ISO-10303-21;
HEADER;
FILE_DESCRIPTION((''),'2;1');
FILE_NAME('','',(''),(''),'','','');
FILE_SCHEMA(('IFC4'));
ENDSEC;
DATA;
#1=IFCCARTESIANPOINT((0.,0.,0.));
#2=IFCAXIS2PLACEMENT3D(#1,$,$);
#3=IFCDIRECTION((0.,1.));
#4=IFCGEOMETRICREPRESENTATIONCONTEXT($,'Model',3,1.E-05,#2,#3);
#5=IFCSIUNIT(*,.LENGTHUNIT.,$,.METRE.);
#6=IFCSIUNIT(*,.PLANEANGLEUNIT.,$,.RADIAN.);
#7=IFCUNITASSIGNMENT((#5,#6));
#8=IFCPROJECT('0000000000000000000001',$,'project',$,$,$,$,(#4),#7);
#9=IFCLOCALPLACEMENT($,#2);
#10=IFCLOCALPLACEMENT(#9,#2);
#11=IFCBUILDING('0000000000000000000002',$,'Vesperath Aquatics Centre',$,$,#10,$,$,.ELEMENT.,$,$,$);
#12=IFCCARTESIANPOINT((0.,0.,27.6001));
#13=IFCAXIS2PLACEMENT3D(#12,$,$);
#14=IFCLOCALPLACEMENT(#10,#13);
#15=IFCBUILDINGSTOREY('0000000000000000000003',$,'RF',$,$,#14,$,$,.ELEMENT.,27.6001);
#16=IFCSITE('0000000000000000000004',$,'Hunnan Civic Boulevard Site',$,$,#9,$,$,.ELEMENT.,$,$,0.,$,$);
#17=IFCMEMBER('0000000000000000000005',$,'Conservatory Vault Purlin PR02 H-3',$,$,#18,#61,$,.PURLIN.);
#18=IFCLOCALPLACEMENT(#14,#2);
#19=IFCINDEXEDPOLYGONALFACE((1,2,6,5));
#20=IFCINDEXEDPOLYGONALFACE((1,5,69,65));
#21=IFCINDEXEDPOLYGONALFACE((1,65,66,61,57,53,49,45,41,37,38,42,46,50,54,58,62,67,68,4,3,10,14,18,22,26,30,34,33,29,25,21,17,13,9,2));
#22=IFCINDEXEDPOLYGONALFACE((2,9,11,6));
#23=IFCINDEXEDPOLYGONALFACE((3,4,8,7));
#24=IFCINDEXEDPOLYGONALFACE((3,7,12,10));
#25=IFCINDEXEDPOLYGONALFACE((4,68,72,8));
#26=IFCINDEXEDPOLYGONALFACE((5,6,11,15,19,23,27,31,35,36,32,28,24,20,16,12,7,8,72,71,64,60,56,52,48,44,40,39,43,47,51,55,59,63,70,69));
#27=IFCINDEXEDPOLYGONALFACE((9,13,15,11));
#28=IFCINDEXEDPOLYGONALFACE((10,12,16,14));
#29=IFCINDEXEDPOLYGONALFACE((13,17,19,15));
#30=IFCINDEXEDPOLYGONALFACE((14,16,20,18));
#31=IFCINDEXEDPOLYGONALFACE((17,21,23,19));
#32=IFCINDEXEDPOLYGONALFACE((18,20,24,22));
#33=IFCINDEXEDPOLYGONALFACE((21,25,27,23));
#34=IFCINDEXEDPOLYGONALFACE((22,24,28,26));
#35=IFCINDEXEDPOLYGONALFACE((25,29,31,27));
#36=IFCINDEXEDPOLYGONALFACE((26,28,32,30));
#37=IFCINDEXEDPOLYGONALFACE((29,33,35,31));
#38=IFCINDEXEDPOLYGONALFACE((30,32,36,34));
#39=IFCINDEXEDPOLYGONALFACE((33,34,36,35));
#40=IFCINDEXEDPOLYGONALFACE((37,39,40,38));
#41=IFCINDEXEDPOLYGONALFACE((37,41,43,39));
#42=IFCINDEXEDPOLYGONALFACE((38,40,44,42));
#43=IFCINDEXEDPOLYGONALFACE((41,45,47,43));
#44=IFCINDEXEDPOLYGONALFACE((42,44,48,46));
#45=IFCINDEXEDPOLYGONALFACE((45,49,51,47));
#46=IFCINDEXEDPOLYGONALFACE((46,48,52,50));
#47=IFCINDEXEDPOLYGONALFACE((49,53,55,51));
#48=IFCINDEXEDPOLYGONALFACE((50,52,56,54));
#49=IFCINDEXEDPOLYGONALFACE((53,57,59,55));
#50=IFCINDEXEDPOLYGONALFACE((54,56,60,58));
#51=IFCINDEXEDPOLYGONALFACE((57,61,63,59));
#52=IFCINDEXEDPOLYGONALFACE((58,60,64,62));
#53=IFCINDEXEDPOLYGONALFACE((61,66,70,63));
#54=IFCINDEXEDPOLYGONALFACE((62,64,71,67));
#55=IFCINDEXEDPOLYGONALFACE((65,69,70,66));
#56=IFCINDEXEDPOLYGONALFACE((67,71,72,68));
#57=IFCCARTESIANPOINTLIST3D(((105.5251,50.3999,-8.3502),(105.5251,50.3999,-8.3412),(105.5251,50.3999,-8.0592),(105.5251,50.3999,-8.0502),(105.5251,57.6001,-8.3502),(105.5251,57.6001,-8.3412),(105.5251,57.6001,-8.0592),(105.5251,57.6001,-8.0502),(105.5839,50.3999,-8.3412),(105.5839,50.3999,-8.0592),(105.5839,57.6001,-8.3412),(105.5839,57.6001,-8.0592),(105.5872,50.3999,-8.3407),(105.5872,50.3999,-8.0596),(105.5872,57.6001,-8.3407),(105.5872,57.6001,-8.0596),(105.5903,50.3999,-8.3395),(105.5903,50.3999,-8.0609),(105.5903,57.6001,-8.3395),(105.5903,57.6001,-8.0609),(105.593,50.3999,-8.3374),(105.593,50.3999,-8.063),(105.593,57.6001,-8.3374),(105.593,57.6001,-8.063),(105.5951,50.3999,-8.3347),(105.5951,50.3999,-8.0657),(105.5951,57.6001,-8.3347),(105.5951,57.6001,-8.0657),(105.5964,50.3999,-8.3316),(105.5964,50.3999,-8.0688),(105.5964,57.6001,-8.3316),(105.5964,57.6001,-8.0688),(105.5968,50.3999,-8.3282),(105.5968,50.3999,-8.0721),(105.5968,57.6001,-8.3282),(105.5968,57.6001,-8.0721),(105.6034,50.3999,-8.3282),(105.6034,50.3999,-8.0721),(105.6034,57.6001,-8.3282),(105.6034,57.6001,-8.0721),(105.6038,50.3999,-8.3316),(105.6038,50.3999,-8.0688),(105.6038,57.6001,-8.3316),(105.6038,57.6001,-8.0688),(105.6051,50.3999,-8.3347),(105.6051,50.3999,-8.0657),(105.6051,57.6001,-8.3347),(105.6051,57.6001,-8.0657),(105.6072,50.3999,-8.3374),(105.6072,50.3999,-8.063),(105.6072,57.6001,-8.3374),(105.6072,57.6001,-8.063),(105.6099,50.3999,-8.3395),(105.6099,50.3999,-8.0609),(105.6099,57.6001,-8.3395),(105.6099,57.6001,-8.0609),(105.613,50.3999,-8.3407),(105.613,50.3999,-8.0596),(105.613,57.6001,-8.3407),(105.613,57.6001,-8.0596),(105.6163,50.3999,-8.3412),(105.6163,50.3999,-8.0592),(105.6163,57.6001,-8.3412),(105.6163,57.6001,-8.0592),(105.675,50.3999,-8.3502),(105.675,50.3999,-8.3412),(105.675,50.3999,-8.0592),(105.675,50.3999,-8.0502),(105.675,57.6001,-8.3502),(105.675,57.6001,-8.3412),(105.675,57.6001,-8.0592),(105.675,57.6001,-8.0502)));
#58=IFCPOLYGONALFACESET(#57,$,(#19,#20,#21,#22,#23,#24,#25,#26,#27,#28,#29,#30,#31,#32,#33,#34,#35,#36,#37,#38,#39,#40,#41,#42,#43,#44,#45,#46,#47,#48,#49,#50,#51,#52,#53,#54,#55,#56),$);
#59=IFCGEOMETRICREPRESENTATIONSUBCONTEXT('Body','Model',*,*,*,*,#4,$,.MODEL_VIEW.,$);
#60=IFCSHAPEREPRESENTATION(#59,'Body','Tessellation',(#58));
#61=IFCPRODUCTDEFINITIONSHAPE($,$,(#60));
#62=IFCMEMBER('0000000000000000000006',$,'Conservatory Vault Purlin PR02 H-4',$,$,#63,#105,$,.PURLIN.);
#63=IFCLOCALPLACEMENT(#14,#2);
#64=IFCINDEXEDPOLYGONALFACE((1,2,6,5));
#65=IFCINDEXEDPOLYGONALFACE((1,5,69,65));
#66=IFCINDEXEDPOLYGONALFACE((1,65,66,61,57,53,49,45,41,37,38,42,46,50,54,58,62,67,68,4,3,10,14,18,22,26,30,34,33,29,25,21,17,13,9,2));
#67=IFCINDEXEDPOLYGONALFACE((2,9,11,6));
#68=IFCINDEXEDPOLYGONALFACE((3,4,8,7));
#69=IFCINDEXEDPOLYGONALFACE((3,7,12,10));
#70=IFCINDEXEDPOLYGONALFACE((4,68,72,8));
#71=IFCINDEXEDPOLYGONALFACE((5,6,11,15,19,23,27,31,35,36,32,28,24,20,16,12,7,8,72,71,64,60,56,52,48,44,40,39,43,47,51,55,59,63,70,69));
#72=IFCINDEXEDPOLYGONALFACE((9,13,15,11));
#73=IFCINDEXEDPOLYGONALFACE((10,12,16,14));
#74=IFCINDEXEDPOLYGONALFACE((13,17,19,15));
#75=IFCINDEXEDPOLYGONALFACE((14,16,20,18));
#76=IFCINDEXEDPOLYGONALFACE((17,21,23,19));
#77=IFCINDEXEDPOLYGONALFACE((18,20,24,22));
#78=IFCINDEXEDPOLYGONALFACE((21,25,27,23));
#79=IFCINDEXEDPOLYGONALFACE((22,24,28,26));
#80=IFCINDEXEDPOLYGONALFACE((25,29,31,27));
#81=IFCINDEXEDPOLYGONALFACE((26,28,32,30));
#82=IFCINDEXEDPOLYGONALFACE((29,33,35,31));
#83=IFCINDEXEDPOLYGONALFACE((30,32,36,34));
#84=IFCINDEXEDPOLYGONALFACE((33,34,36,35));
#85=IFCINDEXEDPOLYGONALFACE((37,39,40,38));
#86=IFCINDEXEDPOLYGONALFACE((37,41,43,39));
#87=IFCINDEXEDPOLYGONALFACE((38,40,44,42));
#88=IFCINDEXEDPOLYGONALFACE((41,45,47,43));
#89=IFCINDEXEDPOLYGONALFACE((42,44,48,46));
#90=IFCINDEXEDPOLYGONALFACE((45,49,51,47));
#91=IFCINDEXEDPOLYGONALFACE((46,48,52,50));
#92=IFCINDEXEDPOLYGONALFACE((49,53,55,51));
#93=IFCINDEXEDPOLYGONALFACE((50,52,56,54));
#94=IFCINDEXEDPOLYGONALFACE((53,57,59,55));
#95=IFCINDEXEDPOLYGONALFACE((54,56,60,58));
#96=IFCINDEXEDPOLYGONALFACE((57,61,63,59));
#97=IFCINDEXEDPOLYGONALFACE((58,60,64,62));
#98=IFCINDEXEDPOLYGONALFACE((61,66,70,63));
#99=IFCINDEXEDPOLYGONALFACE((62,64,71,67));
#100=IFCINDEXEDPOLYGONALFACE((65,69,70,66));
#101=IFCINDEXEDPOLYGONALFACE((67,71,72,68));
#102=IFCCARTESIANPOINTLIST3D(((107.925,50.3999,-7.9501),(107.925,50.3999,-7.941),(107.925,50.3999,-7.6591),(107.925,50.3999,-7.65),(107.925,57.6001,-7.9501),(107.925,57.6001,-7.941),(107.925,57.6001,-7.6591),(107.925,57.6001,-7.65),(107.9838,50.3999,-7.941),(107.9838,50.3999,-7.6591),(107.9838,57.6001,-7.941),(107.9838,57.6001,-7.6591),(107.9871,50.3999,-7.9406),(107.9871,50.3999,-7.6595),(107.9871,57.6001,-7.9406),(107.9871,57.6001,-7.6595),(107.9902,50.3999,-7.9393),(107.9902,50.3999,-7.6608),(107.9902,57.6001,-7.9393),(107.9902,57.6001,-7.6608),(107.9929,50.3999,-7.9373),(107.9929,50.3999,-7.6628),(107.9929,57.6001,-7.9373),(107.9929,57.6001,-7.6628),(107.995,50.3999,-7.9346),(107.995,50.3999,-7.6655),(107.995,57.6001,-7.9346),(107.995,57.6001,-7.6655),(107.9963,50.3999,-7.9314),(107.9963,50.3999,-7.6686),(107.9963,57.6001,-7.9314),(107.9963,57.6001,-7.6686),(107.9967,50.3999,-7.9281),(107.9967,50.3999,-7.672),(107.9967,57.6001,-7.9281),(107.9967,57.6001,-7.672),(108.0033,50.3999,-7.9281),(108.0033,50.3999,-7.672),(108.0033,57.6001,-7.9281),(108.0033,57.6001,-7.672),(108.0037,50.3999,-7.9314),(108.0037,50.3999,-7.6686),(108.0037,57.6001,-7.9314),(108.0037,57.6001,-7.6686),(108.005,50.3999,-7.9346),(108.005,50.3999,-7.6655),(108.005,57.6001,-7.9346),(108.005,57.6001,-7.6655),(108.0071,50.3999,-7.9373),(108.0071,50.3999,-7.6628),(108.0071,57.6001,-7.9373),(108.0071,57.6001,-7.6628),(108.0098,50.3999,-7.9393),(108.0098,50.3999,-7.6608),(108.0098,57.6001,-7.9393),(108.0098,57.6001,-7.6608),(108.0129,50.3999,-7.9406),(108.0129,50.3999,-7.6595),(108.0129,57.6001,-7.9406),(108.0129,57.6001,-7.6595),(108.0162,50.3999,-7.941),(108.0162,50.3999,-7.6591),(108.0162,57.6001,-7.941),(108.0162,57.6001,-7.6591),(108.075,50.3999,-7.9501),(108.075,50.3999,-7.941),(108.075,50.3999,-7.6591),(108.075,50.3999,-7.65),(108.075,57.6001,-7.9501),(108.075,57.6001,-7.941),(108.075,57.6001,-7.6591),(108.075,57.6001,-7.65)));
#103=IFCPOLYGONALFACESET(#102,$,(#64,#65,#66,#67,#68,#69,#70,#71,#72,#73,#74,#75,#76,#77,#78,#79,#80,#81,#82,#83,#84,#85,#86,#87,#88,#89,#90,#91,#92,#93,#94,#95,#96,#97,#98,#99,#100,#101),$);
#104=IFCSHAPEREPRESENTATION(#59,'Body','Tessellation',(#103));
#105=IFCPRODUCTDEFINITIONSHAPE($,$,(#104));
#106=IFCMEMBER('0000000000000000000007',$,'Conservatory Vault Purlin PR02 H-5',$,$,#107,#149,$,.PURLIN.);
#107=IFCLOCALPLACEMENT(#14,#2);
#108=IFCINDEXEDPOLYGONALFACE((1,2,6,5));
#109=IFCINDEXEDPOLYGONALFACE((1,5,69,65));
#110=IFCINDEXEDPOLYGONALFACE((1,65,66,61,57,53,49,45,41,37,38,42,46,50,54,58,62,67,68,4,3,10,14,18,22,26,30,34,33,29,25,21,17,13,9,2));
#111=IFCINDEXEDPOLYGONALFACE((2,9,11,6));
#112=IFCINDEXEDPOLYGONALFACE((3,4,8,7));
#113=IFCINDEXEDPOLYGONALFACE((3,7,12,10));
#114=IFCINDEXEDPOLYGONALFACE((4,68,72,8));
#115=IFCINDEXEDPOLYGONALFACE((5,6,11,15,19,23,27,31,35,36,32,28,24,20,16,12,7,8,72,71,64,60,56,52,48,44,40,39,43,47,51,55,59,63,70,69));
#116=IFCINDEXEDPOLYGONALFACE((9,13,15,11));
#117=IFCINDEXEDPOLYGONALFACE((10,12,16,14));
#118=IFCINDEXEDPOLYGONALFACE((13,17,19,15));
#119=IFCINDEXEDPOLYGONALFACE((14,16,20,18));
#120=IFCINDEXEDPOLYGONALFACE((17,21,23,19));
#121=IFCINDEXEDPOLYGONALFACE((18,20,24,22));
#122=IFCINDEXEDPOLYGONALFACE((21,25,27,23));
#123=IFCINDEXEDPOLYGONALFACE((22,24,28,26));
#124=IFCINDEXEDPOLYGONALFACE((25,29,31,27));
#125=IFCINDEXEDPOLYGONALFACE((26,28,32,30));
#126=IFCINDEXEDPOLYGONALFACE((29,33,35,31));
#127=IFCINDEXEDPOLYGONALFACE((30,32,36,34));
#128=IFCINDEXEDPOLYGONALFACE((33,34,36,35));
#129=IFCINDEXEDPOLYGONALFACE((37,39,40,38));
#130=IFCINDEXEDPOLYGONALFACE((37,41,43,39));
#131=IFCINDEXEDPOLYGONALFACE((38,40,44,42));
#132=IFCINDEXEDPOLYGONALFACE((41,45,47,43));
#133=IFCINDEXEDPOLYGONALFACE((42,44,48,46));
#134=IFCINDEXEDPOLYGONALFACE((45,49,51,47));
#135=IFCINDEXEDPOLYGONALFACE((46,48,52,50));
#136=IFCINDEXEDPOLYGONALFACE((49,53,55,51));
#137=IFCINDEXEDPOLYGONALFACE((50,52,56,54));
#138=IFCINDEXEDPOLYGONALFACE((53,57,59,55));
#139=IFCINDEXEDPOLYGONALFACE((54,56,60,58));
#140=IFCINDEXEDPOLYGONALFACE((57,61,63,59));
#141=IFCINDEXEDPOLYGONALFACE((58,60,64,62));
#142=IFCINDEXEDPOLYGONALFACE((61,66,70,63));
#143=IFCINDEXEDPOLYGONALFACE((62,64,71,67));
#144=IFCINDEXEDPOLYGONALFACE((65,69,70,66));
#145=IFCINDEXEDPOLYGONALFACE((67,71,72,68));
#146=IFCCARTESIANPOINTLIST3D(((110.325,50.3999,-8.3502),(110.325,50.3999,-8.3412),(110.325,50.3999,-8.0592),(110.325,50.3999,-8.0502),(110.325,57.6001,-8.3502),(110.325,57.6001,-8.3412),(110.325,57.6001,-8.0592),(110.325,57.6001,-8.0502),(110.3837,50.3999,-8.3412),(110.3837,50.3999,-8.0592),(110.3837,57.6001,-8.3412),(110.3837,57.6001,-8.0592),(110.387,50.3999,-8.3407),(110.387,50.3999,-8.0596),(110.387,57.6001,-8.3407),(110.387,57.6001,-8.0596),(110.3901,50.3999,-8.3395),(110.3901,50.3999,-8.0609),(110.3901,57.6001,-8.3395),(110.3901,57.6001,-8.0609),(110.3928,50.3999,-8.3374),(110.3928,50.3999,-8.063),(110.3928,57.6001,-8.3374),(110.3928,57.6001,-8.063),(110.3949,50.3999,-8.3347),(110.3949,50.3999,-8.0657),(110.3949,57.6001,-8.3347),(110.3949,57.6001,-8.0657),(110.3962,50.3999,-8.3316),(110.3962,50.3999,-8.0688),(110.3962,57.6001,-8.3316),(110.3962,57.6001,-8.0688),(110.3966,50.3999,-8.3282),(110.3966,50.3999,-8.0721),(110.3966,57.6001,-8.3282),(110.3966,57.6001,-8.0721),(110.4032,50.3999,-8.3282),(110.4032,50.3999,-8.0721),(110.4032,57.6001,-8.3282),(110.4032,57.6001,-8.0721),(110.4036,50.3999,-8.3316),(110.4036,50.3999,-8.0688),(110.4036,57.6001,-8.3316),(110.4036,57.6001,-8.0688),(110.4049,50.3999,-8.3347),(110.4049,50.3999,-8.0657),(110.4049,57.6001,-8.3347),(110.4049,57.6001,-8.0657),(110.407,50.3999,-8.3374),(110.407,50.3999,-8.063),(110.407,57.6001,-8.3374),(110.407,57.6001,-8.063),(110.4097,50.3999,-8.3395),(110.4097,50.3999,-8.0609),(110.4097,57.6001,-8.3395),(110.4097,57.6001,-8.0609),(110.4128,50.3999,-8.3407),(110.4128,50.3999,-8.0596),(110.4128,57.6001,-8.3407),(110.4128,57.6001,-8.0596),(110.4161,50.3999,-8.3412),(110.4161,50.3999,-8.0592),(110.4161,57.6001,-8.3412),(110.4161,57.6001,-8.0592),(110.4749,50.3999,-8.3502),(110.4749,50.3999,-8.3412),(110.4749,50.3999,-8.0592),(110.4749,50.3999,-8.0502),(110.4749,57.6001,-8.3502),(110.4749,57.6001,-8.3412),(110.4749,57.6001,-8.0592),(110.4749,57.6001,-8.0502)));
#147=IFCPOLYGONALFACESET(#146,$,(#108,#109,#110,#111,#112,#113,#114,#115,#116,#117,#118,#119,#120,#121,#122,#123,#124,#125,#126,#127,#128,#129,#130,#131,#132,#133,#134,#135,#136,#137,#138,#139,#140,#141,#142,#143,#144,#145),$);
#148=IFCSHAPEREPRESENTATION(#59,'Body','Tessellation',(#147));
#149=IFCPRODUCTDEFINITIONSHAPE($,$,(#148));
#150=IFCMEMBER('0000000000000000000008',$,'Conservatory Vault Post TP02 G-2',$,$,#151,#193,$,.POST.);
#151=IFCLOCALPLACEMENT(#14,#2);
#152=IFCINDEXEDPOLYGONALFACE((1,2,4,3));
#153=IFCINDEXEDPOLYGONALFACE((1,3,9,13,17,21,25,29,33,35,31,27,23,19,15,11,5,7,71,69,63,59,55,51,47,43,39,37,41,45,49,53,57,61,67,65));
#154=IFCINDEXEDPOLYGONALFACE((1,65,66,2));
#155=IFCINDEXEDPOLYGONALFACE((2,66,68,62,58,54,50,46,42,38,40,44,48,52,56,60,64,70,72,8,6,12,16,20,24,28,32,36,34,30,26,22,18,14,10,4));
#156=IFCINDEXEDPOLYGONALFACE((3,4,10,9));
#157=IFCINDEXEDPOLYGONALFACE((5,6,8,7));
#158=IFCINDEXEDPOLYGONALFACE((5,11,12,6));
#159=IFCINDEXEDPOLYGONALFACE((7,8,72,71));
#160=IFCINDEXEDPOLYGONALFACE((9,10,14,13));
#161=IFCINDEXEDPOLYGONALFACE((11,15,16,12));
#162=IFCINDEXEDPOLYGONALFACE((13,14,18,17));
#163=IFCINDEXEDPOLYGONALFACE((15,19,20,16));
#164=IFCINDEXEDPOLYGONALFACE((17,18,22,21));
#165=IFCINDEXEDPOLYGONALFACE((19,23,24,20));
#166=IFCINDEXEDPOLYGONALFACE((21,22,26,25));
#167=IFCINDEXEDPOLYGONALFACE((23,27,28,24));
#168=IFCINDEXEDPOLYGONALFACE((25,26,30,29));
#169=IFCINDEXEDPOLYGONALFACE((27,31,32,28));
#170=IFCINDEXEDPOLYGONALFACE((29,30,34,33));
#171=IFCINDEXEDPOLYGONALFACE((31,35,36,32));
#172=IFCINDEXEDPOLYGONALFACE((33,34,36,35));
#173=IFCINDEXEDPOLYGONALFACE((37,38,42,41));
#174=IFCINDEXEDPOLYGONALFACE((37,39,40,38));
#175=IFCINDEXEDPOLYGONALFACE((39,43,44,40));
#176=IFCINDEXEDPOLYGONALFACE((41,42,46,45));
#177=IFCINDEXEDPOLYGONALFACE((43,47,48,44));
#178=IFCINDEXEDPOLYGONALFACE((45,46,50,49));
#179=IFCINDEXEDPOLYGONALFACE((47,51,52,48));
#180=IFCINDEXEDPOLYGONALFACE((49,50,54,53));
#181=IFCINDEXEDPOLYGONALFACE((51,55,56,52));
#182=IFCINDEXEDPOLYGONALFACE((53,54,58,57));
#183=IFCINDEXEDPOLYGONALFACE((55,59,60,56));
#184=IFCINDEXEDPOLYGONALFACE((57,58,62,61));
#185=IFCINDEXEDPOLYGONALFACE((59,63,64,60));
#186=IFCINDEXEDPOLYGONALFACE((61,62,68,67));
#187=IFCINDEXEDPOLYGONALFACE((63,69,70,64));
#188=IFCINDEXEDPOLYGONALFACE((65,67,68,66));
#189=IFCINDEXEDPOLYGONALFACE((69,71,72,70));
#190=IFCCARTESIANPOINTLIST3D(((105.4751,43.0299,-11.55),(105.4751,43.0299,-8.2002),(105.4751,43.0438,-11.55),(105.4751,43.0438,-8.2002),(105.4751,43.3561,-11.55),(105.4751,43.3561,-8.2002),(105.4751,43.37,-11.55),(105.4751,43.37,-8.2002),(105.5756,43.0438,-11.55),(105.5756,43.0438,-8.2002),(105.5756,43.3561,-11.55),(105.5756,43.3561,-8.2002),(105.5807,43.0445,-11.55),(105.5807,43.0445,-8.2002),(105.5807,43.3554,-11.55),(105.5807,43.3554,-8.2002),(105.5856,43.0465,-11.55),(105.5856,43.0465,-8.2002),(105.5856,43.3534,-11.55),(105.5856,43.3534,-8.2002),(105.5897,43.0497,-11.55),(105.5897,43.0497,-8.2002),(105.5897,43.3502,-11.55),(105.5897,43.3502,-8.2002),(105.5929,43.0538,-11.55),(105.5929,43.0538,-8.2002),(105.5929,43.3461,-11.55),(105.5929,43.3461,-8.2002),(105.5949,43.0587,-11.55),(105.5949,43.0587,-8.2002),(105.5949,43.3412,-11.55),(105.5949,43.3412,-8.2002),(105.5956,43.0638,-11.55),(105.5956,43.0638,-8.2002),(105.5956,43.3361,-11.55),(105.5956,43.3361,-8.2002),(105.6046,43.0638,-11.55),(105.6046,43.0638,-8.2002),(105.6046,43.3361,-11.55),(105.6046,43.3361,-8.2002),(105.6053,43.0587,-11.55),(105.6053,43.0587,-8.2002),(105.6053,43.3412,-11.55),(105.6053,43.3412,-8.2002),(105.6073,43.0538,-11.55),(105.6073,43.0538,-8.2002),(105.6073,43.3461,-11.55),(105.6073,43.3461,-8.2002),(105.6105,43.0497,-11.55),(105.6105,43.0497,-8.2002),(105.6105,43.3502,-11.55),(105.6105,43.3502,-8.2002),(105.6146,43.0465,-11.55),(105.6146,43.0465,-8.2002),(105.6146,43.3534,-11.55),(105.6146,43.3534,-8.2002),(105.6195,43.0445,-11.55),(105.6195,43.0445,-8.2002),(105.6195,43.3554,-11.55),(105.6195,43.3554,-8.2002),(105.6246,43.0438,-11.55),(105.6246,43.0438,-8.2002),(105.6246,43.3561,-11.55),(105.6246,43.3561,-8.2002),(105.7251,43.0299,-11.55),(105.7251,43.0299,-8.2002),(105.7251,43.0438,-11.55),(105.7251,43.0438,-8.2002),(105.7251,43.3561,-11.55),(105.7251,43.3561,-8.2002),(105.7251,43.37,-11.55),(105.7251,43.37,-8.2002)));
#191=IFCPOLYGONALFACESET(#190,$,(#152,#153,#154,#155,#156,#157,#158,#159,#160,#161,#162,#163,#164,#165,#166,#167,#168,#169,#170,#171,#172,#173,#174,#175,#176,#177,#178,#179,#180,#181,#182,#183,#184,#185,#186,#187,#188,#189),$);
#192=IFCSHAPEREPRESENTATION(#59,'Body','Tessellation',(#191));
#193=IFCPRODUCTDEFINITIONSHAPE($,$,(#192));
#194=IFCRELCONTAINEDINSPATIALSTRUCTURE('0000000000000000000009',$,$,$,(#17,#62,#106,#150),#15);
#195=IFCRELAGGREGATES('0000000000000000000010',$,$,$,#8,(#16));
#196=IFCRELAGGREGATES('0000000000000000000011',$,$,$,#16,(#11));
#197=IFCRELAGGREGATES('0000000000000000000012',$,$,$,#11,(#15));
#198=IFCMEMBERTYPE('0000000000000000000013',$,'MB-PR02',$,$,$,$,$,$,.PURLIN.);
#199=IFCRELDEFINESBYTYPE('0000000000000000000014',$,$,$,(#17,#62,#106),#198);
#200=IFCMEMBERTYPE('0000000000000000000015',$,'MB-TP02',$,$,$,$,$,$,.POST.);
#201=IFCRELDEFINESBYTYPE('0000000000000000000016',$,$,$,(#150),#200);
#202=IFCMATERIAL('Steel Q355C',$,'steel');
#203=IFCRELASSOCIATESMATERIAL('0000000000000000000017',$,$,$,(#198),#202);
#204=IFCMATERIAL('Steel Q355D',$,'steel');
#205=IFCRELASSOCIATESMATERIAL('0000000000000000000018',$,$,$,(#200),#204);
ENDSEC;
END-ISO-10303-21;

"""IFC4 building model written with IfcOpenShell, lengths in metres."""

from ifc_helpers import new_model, si_unit, direction, frame, origin, origin_2d, place, context, subcontext, project, spatial, i_section, extrude, material, material_profile, profile_set, type_object, element, save


model = new_model("IFC4")

# Units and contexts
model_context = context("Model", 3, precision=1e-05, world=origin(), true_north=direction((0.0, 1.0)))
body_context = subcontext(model_context, "Body", "Model", "MODEL_VIEW")
ifc_project = project(units=[si_unit("LENGTHUNIT", "METRE"), si_unit("PLANEANGLEUNIT", "RADIAN")], contexts=[model_context])

# Site, building, storey
site_placement = place(None, origin())
site = spatial("IfcSite", under=ifc_project, at=site_placement, Name="Hunnan Civic Boulevard Site", CompositionType="ELEMENT", RefElevation=0.0)
building_placement = place(site_placement, origin())
building = spatial("IfcBuilding", under=site, at=building_placement, Name="Vesperath Aquatics Centre", CompositionType="ELEMENT")
storey_placement = place(building_placement, frame((0.0, 0.0, 27.6001)))
storey = spatial("IfcBuildingStorey", under=building, at=storey_placement, Name="RF", CompositionType="ELEMENT", Elevation=27.6001)

# Members
ifc_material_1 = material(Name="Steel Q355D", Category="steel")
ifc_material_2 = material(Name="Steel Q355C", Category="steel")
ifc_material_profile_1 = material_profile(ifc_material_2, i_section(OverallWidth=0.1499, OverallDepth=0.3, WebThickness=0.0066, FlangeThickness=0.009, FilletRadius=0.0129, at=origin_2d()), Name="HN 300x150x6.5x9")
ifc_profile_set_1 = profile_set([ifc_material_profile_1], Name="Steel Q355C")
member_type_1 = type_object("IfcMemberType", Name="MB-PR02", PredefinedType="PURLIN", material=ifc_profile_set_1)
for number, where, z_axis, x_axis, name in (
    (1, (105.6001, 50.3999, -8.2002), (0.0, 1.0, 0.0), (-1.0, 0.0, 0.0), "Conservatory Vault Purlin PR02 H-3"),
    (2, (108.0, 50.3999, -7.8), (0.0, 1.0, 0.0), (-1.0, 0.0, 0.0), "Conservatory Vault Purlin PR02 H-4"),
    (3, (110.3999, 50.3999, -8.2002), (0.0, 1.0, 0.0), (-1.0, 0.0, 0.0), "Conservatory Vault Purlin PR02 H-5"),
):
    element("IfcMember", number, at=place(storey_placement, frame(where, z_axis=z_axis, x_axis=x_axis)), inside=storey, type_object=member_type_1, Name=name, PredefinedType="PURLIN", context=body_context, shape_type="SweptSolid", body=[
        extrude(i_section(OverallWidth=0.1499, OverallDepth=0.3, WebThickness=0.0066, FlangeThickness=0.009, FilletRadius=0.0129, at=origin_2d()), origin(), (0.0, 0.0, 1.0), 7.2002),
    ])
ifc_material_profile_2 = material_profile(ifc_material_1, i_section(OverallWidth=0.25, OverallDepth=0.3401, WebThickness=0.009, FlangeThickness=0.0139, FilletRadius=0.02, at=origin_2d()), Name="HM 340x250x9x14")
ifc_profile_set_2 = profile_set([ifc_material_profile_2], Name="Steel Q355D")
member_type_2 = type_object("IfcMemberType", Name="MB-TP02", PredefinedType="POST", material=ifc_profile_set_2)
member_1_placement = place(storey_placement, frame((105.6001, 43.2, -11.55), z_axis=(0.0, 0.0, 1.0), x_axis=(1.0, 0.0, 0.0)))
element("IfcMember", 4, at=member_1_placement, inside=storey, type_object=member_type_2, Name="Conservatory Vault Post TP02 G-2", PredefinedType="POST", context=body_context, shape_type="SweptSolid", body=[
    extrude(i_section(OverallWidth=0.25, OverallDepth=0.3401, WebThickness=0.009, FlangeThickness=0.0139, FilletRadius=0.02, at=origin_2d()), origin(), (0.0, 0.0, 1.0), 3.3499),
])

save(model, "model.ifc")
